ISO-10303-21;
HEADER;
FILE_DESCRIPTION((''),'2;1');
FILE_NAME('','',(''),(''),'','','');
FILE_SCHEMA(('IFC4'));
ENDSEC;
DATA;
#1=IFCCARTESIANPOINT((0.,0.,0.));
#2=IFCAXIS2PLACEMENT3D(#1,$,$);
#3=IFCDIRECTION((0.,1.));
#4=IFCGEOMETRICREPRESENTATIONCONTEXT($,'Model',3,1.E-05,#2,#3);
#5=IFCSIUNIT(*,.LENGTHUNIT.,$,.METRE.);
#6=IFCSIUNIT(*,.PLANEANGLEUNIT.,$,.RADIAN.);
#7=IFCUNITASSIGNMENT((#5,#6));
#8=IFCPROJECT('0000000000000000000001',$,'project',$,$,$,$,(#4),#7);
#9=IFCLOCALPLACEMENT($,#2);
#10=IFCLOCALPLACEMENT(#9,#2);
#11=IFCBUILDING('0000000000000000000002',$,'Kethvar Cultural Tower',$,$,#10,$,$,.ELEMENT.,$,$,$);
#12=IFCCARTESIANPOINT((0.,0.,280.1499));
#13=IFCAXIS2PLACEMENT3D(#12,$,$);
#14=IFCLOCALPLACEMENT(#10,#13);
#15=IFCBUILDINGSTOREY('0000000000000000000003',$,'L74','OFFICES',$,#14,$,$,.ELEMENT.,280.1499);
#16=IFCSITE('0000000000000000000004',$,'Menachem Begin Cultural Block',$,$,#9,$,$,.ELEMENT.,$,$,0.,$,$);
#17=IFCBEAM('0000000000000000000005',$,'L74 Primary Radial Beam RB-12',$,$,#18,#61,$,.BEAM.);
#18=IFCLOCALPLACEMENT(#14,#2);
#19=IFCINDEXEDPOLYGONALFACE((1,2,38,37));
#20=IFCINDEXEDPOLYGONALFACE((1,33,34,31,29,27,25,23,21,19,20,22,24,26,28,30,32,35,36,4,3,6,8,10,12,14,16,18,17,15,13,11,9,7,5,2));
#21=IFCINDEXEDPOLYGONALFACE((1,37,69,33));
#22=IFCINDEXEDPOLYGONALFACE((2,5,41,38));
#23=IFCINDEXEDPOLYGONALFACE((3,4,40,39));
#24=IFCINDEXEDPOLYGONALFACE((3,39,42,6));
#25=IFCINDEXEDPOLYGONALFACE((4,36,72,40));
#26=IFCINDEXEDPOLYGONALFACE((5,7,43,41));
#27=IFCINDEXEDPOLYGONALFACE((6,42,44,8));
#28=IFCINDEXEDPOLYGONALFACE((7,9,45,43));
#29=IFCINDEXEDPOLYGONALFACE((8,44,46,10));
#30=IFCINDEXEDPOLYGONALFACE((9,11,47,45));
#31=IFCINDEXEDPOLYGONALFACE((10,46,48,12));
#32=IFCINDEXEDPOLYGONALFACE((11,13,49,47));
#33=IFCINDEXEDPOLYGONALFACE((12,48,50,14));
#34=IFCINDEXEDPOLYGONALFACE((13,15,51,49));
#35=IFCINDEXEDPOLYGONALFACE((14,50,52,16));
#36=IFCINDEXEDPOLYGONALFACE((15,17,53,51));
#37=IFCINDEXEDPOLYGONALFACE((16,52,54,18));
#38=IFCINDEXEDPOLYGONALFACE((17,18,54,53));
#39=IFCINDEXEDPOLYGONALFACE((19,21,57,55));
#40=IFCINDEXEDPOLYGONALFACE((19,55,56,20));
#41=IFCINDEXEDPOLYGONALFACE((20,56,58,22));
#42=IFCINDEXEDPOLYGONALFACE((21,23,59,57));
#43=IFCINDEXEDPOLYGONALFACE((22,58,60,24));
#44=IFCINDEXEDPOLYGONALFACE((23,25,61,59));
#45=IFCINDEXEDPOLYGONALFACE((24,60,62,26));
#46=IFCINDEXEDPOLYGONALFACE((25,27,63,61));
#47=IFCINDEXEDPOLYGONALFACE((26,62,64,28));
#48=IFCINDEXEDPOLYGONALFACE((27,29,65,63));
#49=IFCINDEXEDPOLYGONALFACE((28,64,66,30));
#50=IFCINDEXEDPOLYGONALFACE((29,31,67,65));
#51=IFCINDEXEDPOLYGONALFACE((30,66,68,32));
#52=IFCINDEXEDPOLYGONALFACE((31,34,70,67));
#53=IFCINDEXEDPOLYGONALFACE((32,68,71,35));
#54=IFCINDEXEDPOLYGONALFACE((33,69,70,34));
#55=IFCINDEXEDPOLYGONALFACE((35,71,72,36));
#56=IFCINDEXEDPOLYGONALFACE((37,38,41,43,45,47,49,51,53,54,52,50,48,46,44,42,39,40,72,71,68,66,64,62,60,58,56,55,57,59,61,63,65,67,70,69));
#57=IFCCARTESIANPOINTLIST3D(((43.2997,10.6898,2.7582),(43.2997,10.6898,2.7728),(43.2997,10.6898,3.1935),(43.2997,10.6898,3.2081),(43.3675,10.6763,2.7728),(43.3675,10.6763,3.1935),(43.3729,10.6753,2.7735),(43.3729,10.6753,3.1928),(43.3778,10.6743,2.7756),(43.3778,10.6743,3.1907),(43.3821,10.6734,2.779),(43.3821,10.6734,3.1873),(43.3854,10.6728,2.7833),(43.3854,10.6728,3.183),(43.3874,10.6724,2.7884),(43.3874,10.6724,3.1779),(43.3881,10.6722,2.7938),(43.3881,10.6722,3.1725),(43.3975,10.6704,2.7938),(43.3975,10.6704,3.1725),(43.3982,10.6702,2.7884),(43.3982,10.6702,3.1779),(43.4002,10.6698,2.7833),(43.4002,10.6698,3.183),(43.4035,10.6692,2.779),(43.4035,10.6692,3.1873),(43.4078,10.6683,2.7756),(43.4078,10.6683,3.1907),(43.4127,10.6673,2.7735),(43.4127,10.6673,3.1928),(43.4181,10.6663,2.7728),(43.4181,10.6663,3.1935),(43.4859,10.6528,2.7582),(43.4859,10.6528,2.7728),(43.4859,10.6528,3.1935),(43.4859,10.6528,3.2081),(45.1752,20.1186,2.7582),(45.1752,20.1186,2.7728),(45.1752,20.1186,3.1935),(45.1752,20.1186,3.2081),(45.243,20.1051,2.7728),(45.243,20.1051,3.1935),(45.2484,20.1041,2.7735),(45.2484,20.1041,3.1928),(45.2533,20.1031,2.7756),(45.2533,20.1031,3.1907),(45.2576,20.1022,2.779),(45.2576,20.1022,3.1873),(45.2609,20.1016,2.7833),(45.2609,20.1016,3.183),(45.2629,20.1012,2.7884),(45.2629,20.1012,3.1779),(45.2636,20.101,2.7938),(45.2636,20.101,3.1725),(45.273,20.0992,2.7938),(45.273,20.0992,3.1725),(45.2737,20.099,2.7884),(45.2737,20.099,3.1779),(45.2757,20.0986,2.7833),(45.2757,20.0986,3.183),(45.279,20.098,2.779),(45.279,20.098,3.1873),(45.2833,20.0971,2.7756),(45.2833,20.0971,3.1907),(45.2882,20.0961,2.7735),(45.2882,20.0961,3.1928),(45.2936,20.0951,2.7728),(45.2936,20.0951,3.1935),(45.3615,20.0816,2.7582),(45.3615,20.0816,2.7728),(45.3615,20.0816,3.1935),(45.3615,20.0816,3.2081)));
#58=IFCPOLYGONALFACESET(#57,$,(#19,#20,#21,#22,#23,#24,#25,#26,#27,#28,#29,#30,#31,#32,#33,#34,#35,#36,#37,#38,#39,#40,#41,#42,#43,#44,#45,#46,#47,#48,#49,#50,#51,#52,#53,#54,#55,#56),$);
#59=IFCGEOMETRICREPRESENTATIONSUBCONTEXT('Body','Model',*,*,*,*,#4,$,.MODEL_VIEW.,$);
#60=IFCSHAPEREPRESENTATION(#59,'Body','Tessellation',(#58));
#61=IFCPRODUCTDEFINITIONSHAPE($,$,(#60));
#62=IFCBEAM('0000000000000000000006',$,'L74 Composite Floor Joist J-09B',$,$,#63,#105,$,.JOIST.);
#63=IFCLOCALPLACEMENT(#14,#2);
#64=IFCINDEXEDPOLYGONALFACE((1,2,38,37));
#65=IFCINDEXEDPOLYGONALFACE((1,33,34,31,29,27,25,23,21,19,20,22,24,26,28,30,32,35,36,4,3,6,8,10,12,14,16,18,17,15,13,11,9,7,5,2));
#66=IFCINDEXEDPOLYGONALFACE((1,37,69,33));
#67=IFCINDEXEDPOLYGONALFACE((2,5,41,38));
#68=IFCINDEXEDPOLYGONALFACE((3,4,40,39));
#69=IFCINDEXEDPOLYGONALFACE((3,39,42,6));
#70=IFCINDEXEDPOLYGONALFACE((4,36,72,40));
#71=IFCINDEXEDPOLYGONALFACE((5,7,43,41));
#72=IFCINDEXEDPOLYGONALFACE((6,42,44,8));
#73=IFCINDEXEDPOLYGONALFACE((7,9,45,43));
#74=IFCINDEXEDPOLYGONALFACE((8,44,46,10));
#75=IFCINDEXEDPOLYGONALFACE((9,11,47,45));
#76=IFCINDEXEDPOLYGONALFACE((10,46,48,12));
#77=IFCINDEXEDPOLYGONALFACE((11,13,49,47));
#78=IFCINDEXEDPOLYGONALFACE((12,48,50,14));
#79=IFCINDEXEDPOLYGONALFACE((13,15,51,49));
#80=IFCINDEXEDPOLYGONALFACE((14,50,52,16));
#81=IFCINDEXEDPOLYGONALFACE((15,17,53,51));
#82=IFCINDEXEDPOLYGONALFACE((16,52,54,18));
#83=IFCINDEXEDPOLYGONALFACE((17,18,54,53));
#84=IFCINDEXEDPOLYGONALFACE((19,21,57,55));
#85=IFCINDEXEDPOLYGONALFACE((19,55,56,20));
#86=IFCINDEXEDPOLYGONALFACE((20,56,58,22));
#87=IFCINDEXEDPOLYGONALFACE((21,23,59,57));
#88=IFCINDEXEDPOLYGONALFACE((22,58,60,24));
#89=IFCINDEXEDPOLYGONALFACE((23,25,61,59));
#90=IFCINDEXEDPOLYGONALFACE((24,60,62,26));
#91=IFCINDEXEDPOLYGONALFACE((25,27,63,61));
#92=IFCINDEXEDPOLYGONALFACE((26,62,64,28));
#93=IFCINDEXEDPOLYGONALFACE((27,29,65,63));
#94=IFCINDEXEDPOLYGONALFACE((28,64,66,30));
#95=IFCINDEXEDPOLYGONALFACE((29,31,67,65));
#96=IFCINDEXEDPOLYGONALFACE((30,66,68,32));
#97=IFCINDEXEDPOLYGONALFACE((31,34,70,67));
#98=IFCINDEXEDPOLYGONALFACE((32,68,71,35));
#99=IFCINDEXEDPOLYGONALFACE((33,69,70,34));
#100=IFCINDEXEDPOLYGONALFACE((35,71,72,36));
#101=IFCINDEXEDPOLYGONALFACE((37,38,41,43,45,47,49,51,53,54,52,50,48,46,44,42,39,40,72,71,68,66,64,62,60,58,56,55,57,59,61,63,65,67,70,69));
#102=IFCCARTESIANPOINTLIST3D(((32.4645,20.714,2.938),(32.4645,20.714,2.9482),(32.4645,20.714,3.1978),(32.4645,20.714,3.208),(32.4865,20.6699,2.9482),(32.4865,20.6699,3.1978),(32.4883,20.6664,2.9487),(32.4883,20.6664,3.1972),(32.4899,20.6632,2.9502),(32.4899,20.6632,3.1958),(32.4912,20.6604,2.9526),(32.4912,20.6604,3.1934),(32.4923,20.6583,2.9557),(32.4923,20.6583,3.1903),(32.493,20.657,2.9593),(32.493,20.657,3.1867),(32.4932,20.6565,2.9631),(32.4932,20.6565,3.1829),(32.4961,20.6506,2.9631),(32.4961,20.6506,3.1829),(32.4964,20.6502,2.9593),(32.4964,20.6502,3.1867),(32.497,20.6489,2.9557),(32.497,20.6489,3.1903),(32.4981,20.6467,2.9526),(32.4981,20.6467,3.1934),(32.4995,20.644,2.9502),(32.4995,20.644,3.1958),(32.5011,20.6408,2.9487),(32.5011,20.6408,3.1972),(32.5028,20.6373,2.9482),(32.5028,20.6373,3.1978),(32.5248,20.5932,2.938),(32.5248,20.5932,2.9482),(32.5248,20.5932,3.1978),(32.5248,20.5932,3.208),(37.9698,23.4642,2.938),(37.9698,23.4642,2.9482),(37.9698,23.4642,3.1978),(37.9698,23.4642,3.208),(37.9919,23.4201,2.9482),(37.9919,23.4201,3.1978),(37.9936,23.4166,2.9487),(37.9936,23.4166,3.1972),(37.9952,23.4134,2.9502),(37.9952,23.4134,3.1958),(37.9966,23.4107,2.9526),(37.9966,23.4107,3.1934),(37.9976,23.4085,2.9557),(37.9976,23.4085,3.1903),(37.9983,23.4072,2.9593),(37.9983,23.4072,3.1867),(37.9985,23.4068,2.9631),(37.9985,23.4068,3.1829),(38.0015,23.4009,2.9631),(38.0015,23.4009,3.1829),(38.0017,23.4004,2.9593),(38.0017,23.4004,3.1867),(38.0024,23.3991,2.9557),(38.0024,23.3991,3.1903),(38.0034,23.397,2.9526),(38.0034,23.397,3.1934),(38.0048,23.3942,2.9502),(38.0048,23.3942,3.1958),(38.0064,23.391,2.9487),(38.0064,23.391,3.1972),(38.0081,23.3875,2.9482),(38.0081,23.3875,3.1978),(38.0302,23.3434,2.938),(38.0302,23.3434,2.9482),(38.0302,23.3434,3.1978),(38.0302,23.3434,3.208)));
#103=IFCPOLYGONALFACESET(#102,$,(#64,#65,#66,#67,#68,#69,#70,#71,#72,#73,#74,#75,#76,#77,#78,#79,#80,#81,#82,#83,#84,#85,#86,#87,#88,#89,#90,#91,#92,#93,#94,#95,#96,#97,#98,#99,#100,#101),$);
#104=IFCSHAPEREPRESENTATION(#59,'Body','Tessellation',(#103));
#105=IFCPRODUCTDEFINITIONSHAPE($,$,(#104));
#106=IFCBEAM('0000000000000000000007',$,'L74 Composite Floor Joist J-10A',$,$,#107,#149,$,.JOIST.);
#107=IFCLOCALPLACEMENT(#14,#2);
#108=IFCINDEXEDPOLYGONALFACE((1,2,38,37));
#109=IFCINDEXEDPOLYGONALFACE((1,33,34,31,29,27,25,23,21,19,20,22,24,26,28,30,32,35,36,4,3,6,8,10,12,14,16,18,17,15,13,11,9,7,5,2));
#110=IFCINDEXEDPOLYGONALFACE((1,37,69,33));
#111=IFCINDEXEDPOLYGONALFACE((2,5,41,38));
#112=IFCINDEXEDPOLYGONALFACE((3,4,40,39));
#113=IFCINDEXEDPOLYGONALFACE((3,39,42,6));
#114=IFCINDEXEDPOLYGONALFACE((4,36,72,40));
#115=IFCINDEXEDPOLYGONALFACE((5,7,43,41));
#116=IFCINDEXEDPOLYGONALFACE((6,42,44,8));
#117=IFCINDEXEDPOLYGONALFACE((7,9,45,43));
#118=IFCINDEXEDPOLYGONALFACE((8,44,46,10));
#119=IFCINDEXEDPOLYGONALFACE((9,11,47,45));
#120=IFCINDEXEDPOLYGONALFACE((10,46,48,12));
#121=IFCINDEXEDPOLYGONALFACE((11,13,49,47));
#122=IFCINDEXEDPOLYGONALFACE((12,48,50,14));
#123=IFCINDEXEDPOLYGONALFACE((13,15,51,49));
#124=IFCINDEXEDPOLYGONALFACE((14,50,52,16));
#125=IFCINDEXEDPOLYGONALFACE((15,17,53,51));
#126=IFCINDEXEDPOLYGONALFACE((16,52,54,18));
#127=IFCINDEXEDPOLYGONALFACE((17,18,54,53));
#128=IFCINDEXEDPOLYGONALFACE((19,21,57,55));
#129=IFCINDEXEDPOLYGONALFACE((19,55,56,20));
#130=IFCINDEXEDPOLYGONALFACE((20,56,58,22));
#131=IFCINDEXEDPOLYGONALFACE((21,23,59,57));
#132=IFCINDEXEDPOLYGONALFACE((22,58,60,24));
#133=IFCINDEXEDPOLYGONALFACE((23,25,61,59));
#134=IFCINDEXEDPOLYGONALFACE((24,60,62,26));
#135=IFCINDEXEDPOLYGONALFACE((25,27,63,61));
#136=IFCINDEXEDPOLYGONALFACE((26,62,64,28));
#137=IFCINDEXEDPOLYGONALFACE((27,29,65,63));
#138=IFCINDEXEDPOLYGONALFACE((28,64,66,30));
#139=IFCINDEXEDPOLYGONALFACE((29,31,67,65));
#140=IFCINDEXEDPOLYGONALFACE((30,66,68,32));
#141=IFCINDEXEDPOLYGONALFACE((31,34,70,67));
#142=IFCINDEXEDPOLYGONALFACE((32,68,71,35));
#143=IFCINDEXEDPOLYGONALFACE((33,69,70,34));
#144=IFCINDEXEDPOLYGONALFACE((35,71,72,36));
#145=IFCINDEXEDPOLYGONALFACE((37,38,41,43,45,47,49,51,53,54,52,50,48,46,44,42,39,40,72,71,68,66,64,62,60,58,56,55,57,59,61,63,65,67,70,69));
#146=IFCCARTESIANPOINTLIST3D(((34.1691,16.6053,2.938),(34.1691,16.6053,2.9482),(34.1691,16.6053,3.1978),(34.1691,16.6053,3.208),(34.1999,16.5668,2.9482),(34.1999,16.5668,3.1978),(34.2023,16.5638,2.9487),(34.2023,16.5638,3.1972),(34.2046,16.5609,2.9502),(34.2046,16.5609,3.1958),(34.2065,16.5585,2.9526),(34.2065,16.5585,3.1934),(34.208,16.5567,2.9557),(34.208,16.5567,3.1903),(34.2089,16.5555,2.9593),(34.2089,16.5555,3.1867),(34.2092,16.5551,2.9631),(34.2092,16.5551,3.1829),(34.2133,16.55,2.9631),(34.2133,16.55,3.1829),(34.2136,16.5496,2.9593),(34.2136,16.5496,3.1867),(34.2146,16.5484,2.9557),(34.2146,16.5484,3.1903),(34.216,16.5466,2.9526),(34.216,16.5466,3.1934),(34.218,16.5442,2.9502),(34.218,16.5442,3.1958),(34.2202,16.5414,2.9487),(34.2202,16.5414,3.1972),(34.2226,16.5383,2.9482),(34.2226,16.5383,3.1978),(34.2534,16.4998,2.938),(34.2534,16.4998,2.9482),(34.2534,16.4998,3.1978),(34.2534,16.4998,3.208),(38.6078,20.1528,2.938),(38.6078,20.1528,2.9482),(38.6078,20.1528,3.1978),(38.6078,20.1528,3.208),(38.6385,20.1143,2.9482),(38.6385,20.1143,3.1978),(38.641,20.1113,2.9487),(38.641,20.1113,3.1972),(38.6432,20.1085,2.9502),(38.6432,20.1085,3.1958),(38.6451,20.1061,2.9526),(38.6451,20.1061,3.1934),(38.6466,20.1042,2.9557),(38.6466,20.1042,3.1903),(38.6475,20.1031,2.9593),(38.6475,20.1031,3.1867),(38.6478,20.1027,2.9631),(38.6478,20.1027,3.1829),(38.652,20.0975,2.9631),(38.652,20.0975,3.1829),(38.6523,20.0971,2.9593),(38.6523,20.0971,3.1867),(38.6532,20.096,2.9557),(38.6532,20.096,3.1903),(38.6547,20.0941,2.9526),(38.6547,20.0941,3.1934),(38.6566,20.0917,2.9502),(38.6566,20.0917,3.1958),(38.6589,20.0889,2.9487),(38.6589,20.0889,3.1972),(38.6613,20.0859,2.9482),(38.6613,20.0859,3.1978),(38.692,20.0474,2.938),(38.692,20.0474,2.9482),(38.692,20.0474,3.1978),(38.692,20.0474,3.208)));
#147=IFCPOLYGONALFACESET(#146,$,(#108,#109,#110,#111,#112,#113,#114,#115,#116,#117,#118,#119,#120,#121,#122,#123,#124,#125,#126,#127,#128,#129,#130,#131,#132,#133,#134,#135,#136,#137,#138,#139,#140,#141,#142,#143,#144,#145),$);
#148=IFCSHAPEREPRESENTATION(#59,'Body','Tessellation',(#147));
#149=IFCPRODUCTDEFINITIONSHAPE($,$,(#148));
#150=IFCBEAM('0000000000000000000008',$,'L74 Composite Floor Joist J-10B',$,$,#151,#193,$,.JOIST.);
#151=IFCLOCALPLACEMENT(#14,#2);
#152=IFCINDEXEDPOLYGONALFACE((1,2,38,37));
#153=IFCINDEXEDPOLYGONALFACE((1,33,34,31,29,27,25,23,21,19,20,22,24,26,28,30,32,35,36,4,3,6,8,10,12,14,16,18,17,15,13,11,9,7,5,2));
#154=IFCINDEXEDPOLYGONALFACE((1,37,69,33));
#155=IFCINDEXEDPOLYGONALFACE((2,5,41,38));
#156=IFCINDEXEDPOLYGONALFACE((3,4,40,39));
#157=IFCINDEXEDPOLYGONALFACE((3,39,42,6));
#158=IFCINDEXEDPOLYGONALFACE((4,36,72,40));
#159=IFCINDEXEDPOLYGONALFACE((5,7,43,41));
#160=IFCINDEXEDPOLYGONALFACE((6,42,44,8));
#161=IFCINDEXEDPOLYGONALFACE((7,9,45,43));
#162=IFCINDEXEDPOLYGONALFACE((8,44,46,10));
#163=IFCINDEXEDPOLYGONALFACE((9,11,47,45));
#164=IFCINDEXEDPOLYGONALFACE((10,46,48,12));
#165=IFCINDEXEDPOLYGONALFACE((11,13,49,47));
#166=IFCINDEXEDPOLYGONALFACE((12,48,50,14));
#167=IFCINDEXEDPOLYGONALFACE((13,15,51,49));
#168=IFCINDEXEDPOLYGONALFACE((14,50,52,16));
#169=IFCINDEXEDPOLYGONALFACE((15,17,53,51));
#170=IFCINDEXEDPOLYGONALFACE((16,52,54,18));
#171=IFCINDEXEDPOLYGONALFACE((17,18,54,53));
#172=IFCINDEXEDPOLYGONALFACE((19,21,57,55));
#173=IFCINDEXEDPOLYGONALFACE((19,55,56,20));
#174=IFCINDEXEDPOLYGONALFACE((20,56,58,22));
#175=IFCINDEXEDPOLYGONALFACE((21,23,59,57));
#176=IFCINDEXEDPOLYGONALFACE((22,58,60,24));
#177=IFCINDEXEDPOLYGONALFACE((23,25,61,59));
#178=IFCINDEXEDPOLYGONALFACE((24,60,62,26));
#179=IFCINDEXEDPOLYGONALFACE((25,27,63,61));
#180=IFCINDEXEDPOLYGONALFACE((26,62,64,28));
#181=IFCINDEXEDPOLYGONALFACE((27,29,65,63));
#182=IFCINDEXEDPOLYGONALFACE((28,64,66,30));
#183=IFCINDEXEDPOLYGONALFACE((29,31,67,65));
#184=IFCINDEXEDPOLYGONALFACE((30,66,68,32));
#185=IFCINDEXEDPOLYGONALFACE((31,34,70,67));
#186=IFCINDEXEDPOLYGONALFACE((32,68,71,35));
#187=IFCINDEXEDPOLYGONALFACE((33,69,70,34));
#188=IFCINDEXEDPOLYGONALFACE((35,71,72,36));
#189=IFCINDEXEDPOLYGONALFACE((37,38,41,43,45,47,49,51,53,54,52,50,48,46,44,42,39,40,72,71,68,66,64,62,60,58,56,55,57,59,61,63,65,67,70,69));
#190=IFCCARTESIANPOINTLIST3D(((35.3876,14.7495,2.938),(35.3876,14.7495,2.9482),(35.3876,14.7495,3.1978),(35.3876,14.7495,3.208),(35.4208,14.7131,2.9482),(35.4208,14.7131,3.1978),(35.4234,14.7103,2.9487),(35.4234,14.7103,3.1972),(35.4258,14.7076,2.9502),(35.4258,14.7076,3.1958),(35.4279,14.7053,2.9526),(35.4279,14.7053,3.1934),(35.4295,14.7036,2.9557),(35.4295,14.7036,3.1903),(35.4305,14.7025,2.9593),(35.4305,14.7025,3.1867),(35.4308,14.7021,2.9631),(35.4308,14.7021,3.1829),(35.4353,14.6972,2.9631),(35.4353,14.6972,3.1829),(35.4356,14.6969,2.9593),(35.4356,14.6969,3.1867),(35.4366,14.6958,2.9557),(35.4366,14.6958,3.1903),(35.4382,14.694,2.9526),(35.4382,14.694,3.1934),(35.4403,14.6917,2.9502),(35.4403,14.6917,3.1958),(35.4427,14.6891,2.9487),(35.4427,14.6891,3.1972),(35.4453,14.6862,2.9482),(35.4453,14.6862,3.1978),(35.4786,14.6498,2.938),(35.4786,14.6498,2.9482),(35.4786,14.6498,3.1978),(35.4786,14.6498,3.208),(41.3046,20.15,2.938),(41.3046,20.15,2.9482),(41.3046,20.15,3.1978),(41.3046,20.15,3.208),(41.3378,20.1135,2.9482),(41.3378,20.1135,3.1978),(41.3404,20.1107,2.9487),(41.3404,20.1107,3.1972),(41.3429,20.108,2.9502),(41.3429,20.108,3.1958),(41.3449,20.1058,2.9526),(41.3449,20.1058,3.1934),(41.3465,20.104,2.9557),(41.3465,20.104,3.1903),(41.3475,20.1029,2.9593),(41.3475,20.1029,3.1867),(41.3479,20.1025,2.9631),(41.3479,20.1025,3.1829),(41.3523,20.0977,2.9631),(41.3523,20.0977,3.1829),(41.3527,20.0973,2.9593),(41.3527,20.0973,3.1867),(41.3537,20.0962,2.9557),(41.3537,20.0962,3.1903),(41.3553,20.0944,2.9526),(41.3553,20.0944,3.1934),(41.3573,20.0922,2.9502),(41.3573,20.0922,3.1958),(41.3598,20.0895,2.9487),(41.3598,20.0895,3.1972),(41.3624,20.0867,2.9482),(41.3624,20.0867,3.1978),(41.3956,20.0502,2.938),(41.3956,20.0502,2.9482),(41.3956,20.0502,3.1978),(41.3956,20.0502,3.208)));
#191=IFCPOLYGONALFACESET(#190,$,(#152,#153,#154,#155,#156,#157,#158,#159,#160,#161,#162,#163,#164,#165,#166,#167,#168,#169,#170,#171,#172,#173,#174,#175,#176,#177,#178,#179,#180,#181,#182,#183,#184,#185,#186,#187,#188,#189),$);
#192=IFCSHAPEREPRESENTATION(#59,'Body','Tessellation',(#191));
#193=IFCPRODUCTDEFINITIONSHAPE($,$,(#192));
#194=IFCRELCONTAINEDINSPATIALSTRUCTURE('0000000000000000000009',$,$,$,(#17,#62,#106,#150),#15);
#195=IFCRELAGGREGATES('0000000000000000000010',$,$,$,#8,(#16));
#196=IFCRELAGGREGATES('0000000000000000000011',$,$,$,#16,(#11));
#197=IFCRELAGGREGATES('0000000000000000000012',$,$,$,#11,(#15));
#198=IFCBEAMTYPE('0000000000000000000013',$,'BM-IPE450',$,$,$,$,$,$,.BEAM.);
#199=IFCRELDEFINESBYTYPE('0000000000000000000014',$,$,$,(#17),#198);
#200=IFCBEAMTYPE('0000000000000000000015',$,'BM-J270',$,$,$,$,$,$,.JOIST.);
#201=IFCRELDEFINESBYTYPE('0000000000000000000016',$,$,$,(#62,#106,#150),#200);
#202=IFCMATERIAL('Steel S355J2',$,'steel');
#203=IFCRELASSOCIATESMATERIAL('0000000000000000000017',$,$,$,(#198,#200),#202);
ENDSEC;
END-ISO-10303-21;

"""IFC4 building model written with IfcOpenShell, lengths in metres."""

from ifc_helpers import new_model, si_unit, direction, frame, origin, origin_2d, place, context, subcontext, project, spatial, i_section, extrude, source, transform, mapped, material, material_profile, profile_set, type_object, element, save


model = new_model("IFC4")

# Units and contexts
model_context = context("Model", 3, precision=1e-05, world=origin(), true_north=direction((0.0, 1.0)))
body_context = subcontext(model_context, "Body", "Model", "MODEL_VIEW")
ifc_project = project(units=[si_unit("LENGTHUNIT", "METRE"), si_unit("PLANEANGLEUNIT", "RADIAN")], contexts=[model_context])

# Site, building, storey
site_placement = place(None, origin())
site = spatial("IfcSite", under=ifc_project, at=site_placement, Name="Menachem Begin Cultural Block", CompositionType="ELEMENT", RefElevation=0.0)
building_placement = place(site_placement, origin())
building = spatial("IfcBuilding", under=site, at=building_placement, Name="Kethvar Cultural Tower", CompositionType="ELEMENT")
storey_placement = place(building_placement, frame((0.0, 0.0, 280.1499)))
storey = spatial("IfcBuildingStorey", under=building, at=storey_placement, Name="L74", Description="OFFICES", CompositionType="ELEMENT", Elevation=280.1499)

# Shared definitions
ifc_material_1 = material(Name="Steel S355J2", Category="steel")

# Beams
ifc_material_profile_1 = material_profile(ifc_material_1, i_section(OverallWidth=0.1899, OverallDepth=0.45, WebThickness=0.0095, FlangeThickness=0.0146, FilletRadius=0.021, at=origin_2d()), Name="Steel S355J2 — IPE450")
ifc_profile_set_1 = profile_set([ifc_material_profile_1], Name="Steel S355J2 — IPE450")
beam_type_1 = type_object("IfcBeamType", Name="BM-IPE450", PredefinedType="BEAM", material=ifc_profile_set_1)
shared_shape_1 = source(origin(), body_context, "Body", "SweptSolid", [
    extrude(i_section(OverallWidth=0.1899, OverallDepth=0.45, WebThickness=0.0095, FlangeThickness=0.0146, FilletRadius=0.021, at=origin_2d()), origin(), (0.0, 0.0, 1.0), 9.6135),
])
beam_1_placement = place(storey_placement, frame((45.2683, 20.1001, 2.9832), z_axis=(-0.19509, -0.980785, 0.0), x_axis=(0.980785, -0.19509, 0.0)))
element("IfcBeam", 1, at=beam_1_placement, inside=storey, type_object=beam_type_1, Name="L74 Primary Radial Beam RB-12", PredefinedType="BEAM", context=body_context, shape_type="MappedRepresentation", body=[
    mapped(shared_shape_1, transform((0.0, 0.0, 0.0), scale=1.0)),
])
ifc_material_profile_2 = material_profile(ifc_material_1, i_section(OverallWidth=0.135, OverallDepth=0.27, WebThickness=0.0066, FlangeThickness=0.0103, FilletRadius=0.0149, at=origin_2d()), Name="Steel S355J2 — IPE270")
ifc_profile_set_2 = profile_set([ifc_material_profile_2], Name="Steel S355J2 — IPE270")
beam_type_2 = type_object("IfcBeamType", Name="BM-J270", PredefinedType="JOIST", material=ifc_profile_set_2)
shared_shape_2 = source(origin(), body_context, "Body", "SweptSolid", [
    extrude(i_section(OverallWidth=0.135, OverallDepth=0.27, WebThickness=0.0066, FlangeThickness=0.0103, FilletRadius=0.0149, at=origin_2d()), origin(), (0.0, 0.0, 1.0), 6.1541),
])
beam_2_placement = place(storey_placement, frame((38.0, 23.4038, 3.073), z_axis=(-0.894586, -0.446896, 0.0), x_axis=(0.446896, -0.894586, 0.0)))
element("IfcBeam", 2, at=beam_2_placement, inside=storey, type_object=beam_type_2, Name="L74 Composite Floor Joist J-09B", PredefinedType="JOIST", context=body_context, shape_type="MappedRepresentation", body=[
    mapped(shared_shape_2, transform((0.0, 0.0, 0.0), scale=1.0)),
])
shared_shape_3 = source(origin(), body_context, "Body", "SweptSolid", [
    extrude(i_section(OverallWidth=0.135, OverallDepth=0.27, WebThickness=0.0066, FlangeThickness=0.0103, FilletRadius=0.0149, at=origin_2d()), origin(), (0.0, 0.0, 1.0), 5.6821),
])
beam_3_placement = place(storey_placement, frame((38.6499, 20.1001, 3.073), z_axis=(-0.781158, -0.624333, 0.0), x_axis=(0.624333, -0.781158, 0.0)))
element("IfcBeam", 3, at=beam_3_placement, inside=storey, type_object=beam_type_2, Name="L74 Composite Floor Joist J-10A", PredefinedType="JOIST", context=body_context, shape_type="MappedRepresentation", body=[
    mapped(shared_shape_3, transform((0.0, 0.0, 0.0), scale=1.0)),
])
shared_shape_4 = source(origin(), body_context, "Body", "SweptSolid", [
    extrude(i_section(OverallWidth=0.135, OverallDepth=0.27, WebThickness=0.0066, FlangeThickness=0.0103, FilletRadius=0.0149, at=origin_2d()), origin(), (0.0, 0.0, 1.0), 8.011),
])
beam_4_placement = place(storey_placement, frame((41.3501, 20.1001, 3.073), z_axis=(-0.738615, -0.674128, 0.0), x_axis=(0.674128, -0.738615, 0.0)))
element("IfcBeam", 4, at=beam_4_placement, inside=storey, type_object=beam_type_2, Name="L74 Composite Floor Joist J-10B", PredefinedType="JOIST", context=body_context, shape_type="MappedRepresentation", body=[
    mapped(shared_shape_4, transform((0.0, 0.0, 0.0), scale=1.0)),
])

save(model, "model.ifc")
